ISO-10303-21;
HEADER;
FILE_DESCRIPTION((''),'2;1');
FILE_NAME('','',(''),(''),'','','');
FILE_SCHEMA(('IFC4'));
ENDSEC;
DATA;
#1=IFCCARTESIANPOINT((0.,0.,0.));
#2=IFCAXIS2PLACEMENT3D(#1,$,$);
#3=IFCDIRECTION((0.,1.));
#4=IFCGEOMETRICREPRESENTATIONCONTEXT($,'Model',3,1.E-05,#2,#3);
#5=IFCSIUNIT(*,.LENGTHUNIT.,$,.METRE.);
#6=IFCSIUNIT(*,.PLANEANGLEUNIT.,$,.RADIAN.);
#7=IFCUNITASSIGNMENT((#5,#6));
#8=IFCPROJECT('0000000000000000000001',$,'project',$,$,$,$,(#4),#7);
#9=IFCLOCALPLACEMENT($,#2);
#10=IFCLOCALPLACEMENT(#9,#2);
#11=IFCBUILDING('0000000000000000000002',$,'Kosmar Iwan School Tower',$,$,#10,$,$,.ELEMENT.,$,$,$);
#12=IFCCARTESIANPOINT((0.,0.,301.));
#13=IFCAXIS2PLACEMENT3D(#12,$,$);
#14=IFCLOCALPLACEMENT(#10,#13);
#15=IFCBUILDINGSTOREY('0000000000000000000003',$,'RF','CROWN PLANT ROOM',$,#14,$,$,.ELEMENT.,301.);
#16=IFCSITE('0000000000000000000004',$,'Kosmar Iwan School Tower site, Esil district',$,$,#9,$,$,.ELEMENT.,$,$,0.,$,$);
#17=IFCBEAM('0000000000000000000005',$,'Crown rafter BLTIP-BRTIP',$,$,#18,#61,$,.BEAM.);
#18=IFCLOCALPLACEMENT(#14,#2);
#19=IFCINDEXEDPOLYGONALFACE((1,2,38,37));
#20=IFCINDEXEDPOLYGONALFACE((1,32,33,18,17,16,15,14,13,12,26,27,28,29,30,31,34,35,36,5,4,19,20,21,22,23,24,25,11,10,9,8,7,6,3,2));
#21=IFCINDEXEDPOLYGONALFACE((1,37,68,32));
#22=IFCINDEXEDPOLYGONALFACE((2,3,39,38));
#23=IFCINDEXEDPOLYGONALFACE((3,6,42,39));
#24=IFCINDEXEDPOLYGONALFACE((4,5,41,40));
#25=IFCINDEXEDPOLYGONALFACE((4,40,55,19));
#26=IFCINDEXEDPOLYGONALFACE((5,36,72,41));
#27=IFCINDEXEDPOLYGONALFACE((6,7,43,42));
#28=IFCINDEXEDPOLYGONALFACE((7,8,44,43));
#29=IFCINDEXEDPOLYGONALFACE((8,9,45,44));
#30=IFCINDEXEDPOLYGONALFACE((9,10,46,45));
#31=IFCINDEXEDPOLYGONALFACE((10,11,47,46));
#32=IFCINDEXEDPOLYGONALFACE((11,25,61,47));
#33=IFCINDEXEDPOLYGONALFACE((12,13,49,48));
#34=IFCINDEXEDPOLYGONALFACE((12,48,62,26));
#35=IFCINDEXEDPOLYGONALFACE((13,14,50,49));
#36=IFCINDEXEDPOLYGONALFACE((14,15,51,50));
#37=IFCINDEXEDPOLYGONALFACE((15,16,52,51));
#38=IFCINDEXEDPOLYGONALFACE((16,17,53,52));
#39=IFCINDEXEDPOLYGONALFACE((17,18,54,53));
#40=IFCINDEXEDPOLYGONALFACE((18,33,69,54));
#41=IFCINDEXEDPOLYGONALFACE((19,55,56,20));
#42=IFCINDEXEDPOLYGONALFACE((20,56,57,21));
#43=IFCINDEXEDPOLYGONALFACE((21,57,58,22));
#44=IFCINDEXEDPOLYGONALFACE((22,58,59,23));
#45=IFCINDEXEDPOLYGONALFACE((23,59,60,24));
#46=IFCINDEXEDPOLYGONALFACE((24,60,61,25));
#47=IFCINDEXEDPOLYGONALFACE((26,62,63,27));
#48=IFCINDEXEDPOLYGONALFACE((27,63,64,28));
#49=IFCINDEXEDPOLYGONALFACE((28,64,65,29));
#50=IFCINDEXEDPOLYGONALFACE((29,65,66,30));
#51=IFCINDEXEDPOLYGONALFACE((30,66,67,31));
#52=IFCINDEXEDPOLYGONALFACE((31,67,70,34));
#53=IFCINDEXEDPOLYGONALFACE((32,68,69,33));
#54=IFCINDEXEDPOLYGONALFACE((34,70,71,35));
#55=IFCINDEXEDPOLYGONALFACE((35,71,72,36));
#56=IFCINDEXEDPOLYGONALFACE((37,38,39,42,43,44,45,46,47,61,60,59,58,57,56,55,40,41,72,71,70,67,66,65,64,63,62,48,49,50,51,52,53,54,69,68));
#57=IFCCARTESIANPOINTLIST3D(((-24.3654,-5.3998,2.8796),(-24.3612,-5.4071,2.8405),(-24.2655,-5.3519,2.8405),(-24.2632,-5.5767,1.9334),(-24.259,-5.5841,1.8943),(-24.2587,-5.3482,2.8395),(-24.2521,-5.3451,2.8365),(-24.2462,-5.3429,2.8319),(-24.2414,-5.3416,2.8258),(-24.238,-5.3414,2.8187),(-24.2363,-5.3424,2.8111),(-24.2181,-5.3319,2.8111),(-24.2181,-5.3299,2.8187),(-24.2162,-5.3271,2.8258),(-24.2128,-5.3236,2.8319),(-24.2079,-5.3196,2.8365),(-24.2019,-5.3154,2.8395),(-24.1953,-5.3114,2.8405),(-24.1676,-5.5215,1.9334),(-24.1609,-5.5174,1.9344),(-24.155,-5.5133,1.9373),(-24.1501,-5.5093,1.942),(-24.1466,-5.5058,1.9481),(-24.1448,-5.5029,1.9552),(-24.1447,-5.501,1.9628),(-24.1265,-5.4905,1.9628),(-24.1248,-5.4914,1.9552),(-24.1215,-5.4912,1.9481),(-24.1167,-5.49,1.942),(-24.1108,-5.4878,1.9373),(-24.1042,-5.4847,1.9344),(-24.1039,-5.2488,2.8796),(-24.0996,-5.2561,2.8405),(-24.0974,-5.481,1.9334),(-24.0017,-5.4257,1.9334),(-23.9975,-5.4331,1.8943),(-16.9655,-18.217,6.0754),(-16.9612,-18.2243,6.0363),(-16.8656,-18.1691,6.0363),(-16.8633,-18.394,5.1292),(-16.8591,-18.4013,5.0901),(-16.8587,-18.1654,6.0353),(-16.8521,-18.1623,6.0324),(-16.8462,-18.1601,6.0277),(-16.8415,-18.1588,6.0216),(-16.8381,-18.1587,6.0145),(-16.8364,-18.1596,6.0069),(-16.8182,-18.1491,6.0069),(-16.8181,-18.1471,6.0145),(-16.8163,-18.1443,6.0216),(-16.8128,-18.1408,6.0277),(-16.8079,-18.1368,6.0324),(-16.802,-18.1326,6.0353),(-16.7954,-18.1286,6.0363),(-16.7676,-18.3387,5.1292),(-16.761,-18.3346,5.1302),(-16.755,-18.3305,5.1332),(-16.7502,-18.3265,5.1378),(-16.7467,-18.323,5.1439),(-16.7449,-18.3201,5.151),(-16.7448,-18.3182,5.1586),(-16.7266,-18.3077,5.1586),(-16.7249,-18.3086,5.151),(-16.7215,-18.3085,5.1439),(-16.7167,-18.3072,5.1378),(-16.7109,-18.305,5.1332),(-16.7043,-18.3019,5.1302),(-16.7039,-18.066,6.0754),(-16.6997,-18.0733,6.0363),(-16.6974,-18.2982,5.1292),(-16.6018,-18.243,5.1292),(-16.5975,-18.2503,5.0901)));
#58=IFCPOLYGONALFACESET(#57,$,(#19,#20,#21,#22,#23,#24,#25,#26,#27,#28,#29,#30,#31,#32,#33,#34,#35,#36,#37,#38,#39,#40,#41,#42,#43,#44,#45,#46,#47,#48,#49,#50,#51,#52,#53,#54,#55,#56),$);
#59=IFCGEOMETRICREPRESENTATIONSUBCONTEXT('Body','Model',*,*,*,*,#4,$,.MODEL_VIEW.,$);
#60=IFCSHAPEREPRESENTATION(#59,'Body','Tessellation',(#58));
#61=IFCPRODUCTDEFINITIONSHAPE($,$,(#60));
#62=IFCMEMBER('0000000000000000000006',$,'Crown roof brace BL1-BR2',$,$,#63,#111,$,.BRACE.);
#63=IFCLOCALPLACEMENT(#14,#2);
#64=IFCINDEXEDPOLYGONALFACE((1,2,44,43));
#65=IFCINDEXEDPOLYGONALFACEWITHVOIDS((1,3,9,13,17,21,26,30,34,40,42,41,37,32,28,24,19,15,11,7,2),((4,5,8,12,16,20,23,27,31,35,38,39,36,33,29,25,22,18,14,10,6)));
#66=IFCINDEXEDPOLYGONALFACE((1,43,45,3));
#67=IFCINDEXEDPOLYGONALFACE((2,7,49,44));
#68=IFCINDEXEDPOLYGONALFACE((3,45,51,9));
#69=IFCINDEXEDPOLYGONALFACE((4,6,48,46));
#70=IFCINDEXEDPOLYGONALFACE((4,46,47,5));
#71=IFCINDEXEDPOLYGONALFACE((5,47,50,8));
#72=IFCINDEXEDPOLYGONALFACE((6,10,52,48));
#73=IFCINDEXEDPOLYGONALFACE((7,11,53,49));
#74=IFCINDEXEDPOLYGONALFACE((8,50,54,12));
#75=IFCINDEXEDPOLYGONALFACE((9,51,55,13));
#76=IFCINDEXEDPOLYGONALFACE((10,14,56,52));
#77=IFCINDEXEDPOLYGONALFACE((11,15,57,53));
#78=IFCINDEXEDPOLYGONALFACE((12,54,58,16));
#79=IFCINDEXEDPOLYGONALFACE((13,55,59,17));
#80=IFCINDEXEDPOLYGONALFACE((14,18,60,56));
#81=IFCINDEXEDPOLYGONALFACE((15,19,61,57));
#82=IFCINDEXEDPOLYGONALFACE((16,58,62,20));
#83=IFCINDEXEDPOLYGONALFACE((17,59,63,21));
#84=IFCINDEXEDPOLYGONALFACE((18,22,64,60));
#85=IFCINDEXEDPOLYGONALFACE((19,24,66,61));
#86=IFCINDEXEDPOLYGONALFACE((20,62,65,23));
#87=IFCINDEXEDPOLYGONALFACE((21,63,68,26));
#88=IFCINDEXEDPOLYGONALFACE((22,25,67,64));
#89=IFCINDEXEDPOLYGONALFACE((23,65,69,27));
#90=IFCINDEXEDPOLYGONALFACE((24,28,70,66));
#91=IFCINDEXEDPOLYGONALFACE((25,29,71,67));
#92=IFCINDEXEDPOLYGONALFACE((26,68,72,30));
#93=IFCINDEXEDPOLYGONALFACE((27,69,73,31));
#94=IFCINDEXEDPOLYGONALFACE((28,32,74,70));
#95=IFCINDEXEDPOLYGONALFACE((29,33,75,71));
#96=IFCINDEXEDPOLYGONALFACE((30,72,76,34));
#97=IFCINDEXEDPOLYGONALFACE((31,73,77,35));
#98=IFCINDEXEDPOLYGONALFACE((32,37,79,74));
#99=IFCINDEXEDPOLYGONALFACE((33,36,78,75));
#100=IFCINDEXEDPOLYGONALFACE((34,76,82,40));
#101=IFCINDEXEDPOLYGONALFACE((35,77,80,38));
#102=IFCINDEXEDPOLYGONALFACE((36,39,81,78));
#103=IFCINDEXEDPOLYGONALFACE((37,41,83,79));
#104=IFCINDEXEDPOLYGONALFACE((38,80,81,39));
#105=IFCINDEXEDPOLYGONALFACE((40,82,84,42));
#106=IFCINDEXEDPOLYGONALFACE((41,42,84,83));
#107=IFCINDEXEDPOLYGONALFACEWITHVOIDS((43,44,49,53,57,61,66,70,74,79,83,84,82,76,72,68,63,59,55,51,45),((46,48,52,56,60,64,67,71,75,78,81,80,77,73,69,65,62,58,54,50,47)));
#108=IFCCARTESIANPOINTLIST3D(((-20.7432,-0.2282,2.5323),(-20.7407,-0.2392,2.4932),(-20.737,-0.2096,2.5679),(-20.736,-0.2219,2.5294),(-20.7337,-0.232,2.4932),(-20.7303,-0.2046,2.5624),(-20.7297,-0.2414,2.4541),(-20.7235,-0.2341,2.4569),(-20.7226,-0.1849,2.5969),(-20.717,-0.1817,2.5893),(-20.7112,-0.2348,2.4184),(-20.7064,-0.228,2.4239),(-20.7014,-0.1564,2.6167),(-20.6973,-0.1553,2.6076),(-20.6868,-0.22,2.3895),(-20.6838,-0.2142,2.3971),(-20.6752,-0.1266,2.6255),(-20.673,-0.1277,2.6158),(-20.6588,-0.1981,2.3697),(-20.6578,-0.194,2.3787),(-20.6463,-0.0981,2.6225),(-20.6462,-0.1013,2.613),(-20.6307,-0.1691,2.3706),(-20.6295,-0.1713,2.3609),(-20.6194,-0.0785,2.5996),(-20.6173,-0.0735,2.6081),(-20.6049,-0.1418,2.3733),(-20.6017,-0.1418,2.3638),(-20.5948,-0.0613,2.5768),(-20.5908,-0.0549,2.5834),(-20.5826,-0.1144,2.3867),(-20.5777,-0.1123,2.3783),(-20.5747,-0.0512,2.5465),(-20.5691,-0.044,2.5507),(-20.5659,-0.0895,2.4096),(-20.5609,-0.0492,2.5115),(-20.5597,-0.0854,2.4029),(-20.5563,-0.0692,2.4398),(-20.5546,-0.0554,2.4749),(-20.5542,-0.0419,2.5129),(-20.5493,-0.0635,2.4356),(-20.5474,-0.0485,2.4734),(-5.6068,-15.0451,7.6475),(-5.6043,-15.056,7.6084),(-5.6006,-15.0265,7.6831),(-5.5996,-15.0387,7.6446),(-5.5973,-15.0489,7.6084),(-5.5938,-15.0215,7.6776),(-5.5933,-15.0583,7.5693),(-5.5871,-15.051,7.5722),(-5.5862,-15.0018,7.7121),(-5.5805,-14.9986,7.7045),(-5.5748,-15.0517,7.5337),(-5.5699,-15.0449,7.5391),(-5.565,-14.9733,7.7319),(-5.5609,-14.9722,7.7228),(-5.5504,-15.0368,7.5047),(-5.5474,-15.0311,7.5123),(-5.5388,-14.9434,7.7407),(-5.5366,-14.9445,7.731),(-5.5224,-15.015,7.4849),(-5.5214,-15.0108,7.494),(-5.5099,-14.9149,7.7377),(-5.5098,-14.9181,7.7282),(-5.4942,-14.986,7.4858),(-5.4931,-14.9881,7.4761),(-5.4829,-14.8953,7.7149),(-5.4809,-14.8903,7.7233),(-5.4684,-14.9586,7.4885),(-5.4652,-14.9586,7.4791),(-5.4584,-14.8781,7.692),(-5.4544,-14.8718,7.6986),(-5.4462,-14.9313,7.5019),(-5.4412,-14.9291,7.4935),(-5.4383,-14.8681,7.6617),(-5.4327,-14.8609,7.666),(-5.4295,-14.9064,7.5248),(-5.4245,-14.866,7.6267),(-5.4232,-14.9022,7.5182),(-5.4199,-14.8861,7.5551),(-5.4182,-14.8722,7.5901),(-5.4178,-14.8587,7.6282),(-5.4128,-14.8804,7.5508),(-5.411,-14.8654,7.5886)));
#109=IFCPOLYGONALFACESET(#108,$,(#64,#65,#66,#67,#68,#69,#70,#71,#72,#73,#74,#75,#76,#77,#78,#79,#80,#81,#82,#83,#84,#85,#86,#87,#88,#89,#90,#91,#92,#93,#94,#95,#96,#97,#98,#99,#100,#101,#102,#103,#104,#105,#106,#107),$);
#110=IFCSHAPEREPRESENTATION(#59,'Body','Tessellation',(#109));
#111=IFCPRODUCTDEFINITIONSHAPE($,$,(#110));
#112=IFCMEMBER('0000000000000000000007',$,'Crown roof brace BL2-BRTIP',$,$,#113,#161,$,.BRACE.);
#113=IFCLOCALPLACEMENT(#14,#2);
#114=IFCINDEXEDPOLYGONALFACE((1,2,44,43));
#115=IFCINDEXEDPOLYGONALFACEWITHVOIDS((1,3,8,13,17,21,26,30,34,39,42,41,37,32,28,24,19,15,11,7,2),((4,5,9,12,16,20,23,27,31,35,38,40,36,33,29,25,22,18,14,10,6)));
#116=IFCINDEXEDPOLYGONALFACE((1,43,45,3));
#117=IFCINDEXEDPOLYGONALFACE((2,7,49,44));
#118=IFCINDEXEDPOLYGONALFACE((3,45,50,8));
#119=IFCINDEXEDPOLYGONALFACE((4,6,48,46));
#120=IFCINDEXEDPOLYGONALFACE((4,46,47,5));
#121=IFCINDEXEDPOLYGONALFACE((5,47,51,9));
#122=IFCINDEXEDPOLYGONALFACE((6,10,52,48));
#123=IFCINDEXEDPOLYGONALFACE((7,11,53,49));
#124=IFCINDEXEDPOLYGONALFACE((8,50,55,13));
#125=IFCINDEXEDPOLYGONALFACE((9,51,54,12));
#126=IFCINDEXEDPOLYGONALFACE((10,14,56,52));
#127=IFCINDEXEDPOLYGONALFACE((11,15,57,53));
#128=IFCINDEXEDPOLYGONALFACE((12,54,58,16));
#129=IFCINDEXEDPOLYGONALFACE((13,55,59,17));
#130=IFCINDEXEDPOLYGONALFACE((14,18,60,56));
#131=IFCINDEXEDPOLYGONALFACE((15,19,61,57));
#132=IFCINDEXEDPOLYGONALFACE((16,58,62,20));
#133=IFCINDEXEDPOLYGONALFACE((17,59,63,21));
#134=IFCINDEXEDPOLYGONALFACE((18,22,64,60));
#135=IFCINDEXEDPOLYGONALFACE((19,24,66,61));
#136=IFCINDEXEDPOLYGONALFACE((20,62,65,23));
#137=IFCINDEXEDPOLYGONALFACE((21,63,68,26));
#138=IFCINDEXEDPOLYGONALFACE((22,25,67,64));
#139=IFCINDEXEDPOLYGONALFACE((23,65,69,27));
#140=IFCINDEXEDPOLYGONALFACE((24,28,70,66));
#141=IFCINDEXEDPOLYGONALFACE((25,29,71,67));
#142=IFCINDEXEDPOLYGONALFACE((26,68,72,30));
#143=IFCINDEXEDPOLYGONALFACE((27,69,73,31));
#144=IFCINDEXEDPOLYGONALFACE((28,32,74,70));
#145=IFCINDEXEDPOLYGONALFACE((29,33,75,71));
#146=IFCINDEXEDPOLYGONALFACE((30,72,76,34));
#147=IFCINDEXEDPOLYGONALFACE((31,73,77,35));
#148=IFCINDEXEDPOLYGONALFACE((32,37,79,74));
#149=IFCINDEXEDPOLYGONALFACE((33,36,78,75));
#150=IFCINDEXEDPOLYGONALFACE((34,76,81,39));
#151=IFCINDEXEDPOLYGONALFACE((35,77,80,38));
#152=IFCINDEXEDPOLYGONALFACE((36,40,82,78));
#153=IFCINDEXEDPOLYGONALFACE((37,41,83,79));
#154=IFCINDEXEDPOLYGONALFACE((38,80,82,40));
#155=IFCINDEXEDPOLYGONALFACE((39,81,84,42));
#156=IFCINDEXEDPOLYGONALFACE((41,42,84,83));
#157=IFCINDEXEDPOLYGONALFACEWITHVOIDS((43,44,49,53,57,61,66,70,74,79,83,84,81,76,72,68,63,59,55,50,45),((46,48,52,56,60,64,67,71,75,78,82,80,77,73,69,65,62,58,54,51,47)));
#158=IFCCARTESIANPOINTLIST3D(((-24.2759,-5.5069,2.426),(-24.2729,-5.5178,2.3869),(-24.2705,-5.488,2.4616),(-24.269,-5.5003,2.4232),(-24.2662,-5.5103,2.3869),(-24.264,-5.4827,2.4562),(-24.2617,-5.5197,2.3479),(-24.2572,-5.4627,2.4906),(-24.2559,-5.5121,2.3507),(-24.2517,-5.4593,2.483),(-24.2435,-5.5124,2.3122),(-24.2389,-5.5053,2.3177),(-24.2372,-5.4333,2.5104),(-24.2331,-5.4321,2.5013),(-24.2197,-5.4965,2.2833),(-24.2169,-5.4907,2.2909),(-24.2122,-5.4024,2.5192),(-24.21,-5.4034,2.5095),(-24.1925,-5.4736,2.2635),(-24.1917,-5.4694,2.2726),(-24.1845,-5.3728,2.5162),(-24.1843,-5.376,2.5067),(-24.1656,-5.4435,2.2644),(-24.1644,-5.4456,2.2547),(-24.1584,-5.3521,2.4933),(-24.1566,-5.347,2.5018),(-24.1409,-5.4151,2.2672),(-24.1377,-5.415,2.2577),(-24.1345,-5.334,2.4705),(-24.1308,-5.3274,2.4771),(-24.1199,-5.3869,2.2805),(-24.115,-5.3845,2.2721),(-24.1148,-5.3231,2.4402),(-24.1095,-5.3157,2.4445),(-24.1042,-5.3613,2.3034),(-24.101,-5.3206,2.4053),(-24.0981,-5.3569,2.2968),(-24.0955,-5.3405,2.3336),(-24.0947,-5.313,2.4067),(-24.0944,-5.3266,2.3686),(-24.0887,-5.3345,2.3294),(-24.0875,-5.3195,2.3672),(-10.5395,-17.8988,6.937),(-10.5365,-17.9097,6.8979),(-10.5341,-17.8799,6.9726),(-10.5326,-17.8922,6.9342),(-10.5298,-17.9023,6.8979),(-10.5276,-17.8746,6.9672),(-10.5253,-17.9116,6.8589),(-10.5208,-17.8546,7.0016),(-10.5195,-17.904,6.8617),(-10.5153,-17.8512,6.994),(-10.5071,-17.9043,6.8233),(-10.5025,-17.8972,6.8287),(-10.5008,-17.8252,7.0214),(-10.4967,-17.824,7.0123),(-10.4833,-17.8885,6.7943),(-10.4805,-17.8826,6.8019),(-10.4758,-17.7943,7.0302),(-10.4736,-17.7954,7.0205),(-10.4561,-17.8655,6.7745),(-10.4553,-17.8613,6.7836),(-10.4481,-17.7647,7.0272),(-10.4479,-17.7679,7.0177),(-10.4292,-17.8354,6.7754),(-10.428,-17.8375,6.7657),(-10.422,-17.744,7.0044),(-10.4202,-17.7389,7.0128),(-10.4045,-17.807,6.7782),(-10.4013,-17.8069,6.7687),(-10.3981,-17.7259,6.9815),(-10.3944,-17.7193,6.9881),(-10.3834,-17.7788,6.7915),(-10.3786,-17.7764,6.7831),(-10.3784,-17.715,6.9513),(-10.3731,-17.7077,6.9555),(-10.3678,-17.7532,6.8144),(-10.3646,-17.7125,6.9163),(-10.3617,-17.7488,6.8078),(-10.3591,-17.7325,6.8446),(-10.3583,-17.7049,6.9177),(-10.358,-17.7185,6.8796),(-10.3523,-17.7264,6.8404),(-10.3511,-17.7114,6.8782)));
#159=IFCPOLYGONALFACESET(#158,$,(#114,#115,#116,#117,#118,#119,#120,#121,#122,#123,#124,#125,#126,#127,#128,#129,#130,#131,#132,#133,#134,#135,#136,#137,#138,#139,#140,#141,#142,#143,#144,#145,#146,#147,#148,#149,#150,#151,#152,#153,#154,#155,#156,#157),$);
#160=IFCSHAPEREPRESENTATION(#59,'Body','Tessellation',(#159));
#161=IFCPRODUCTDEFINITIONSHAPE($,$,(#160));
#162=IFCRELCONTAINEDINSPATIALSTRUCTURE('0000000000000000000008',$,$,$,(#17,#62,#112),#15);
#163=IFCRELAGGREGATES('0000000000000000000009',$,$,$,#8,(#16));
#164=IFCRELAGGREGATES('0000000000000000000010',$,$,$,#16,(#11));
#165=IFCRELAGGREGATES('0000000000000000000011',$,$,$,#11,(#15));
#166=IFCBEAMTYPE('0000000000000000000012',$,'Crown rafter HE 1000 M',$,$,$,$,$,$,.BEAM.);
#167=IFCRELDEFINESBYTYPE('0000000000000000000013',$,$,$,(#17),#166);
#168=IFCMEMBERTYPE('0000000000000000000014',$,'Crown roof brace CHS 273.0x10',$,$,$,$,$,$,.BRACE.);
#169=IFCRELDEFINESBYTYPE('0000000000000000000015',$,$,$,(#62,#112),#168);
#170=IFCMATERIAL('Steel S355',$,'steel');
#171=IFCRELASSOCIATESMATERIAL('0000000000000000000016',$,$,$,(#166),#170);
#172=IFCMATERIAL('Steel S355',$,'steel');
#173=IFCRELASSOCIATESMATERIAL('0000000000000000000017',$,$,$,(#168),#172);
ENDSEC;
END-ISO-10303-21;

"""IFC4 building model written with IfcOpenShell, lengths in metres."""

from ifc_helpers import new_model, si_unit, direction, frame, origin, origin_2d, place, context, subcontext, project, spatial, hollow_circle, i_section, extrude, material, material_profile, profile_set, type_object, element, save


model = new_model("IFC4")

# Units and contexts
model_context = context("Model", 3, precision=1e-05, world=origin(), true_north=direction((0.0, 1.0)))
body_context = subcontext(model_context, "Body", "Model", "MODEL_VIEW")
ifc_project = project(units=[si_unit("LENGTHUNIT", "METRE"), si_unit("PLANEANGLEUNIT", "RADIAN")], contexts=[model_context])

# Site, building, storey
site_placement = place(None, origin())
site = spatial("IfcSite", under=ifc_project, at=site_placement, Name="Kosmar Iwan School Tower site, Esil district", CompositionType="ELEMENT", RefElevation=0.0)
building_placement = place(site_placement, origin())
building = spatial("IfcBuilding", under=site, at=building_placement, Name="Kosmar Iwan School Tower", CompositionType="ELEMENT")
storey_placement = place(building_placement, frame((0.0, 0.0, 301.0)))
storey = spatial("IfcBuildingStorey", under=building, at=storey_placement, Name="RF", Description="CROWN PLANT ROOM", CompositionType="ELEMENT", Elevation=301.0)

# Beam
ifc_material_1 = material(Name="Steel S355", Category="steel")
ifc_material_profile_1 = material_profile(ifc_material_1, i_section(OverallWidth=0.302, OverallDepth=1.0081, WebThickness=0.021, FlangeThickness=0.04, FilletRadius=0.03, at=origin_2d()), Name="HE 1000 M")
ifc_profile_set_1 = profile_set([ifc_material_profile_1], Name="Steel S355")
beam_type_1 = type_object("IfcBeamType", Name="Crown rafter HE 1000 M", PredefinedType="BEAM", material=ifc_profile_set_1)
beam_1_placement = place(storey_placement, frame((-16.7815, -18.2336, 5.5828), z_axis=(-0.488732, 0.846517, -0.211069), x_axis=(-0.866028, -0.499996, 0.0)))
element("IfcBeam", 1, at=beam_1_placement, inside=storey, type_object=beam_type_1, Name="Crown rafter BLTIP-BRTIP", PredefinedType="BEAM", context=body_context, shape_type="SweptSolid", body=[
    extrude(i_section(OverallWidth=0.302, OverallDepth=1.0081, WebThickness=0.021, FlangeThickness=0.04, FilletRadius=0.03, at=origin_2d()), origin(), (0.0, 0.0, 1.0), 15.1411),
])

# Members
ifc_material_2 = material(Name="Steel S355", Category="steel")
ifc_material_profile_2 = material_profile(ifc_material_2, hollow_circle(Radius=0.1365, WallThickness=0.01, at=origin_2d()), Name="CHS 273.0x10")
ifc_profile_set_2 = profile_set([ifc_material_profile_2], Name="Steel S355")
member_type = type_object("IfcMemberType", Name="Crown roof brace CHS 273.0x10", PredefinedType="BRACE", material=ifc_profile_set_2)
member_1_placement = place(storey_placement, frame((-5.5088, -14.9585, 7.6084), z_axis=(-0.694642, 0.679975, -0.234748), x_axis=(-0.699523, -0.71461, 0.0)))
element("IfcMember", 2, at=member_1_placement, inside=storey, type_object=member_type, Name="Crown roof brace BL1-BR2", PredefinedType="BRACE", context=body_context, shape_type="SweptSolid", body=[
    extrude(hollow_circle(Radius=0.1365, WallThickness=0.01, at=origin_2d()), origin(), (0.0, 0.0, 1.0), 21.7903),
])
member_2_placement = place(storey_placement, frame((-10.4451, -17.8083, 6.8979), z_axis=(-0.721374, 0.650768, -0.236898), x_axis=(-0.669835, -0.74251, 0.0)))
element("IfcMember", 3, at=member_2_placement, inside=storey, type_object=member_type, Name="Crown roof brace BL2-BRTIP", PredefinedType="BRACE", context=body_context, shape_type="SweptSolid", body=[
    extrude(hollow_circle(Radius=0.1365, WallThickness=0.01, at=origin_2d()), origin(), (0.0, 0.0, 1.0), 19.042),
])

save(model, "model.ifc")
